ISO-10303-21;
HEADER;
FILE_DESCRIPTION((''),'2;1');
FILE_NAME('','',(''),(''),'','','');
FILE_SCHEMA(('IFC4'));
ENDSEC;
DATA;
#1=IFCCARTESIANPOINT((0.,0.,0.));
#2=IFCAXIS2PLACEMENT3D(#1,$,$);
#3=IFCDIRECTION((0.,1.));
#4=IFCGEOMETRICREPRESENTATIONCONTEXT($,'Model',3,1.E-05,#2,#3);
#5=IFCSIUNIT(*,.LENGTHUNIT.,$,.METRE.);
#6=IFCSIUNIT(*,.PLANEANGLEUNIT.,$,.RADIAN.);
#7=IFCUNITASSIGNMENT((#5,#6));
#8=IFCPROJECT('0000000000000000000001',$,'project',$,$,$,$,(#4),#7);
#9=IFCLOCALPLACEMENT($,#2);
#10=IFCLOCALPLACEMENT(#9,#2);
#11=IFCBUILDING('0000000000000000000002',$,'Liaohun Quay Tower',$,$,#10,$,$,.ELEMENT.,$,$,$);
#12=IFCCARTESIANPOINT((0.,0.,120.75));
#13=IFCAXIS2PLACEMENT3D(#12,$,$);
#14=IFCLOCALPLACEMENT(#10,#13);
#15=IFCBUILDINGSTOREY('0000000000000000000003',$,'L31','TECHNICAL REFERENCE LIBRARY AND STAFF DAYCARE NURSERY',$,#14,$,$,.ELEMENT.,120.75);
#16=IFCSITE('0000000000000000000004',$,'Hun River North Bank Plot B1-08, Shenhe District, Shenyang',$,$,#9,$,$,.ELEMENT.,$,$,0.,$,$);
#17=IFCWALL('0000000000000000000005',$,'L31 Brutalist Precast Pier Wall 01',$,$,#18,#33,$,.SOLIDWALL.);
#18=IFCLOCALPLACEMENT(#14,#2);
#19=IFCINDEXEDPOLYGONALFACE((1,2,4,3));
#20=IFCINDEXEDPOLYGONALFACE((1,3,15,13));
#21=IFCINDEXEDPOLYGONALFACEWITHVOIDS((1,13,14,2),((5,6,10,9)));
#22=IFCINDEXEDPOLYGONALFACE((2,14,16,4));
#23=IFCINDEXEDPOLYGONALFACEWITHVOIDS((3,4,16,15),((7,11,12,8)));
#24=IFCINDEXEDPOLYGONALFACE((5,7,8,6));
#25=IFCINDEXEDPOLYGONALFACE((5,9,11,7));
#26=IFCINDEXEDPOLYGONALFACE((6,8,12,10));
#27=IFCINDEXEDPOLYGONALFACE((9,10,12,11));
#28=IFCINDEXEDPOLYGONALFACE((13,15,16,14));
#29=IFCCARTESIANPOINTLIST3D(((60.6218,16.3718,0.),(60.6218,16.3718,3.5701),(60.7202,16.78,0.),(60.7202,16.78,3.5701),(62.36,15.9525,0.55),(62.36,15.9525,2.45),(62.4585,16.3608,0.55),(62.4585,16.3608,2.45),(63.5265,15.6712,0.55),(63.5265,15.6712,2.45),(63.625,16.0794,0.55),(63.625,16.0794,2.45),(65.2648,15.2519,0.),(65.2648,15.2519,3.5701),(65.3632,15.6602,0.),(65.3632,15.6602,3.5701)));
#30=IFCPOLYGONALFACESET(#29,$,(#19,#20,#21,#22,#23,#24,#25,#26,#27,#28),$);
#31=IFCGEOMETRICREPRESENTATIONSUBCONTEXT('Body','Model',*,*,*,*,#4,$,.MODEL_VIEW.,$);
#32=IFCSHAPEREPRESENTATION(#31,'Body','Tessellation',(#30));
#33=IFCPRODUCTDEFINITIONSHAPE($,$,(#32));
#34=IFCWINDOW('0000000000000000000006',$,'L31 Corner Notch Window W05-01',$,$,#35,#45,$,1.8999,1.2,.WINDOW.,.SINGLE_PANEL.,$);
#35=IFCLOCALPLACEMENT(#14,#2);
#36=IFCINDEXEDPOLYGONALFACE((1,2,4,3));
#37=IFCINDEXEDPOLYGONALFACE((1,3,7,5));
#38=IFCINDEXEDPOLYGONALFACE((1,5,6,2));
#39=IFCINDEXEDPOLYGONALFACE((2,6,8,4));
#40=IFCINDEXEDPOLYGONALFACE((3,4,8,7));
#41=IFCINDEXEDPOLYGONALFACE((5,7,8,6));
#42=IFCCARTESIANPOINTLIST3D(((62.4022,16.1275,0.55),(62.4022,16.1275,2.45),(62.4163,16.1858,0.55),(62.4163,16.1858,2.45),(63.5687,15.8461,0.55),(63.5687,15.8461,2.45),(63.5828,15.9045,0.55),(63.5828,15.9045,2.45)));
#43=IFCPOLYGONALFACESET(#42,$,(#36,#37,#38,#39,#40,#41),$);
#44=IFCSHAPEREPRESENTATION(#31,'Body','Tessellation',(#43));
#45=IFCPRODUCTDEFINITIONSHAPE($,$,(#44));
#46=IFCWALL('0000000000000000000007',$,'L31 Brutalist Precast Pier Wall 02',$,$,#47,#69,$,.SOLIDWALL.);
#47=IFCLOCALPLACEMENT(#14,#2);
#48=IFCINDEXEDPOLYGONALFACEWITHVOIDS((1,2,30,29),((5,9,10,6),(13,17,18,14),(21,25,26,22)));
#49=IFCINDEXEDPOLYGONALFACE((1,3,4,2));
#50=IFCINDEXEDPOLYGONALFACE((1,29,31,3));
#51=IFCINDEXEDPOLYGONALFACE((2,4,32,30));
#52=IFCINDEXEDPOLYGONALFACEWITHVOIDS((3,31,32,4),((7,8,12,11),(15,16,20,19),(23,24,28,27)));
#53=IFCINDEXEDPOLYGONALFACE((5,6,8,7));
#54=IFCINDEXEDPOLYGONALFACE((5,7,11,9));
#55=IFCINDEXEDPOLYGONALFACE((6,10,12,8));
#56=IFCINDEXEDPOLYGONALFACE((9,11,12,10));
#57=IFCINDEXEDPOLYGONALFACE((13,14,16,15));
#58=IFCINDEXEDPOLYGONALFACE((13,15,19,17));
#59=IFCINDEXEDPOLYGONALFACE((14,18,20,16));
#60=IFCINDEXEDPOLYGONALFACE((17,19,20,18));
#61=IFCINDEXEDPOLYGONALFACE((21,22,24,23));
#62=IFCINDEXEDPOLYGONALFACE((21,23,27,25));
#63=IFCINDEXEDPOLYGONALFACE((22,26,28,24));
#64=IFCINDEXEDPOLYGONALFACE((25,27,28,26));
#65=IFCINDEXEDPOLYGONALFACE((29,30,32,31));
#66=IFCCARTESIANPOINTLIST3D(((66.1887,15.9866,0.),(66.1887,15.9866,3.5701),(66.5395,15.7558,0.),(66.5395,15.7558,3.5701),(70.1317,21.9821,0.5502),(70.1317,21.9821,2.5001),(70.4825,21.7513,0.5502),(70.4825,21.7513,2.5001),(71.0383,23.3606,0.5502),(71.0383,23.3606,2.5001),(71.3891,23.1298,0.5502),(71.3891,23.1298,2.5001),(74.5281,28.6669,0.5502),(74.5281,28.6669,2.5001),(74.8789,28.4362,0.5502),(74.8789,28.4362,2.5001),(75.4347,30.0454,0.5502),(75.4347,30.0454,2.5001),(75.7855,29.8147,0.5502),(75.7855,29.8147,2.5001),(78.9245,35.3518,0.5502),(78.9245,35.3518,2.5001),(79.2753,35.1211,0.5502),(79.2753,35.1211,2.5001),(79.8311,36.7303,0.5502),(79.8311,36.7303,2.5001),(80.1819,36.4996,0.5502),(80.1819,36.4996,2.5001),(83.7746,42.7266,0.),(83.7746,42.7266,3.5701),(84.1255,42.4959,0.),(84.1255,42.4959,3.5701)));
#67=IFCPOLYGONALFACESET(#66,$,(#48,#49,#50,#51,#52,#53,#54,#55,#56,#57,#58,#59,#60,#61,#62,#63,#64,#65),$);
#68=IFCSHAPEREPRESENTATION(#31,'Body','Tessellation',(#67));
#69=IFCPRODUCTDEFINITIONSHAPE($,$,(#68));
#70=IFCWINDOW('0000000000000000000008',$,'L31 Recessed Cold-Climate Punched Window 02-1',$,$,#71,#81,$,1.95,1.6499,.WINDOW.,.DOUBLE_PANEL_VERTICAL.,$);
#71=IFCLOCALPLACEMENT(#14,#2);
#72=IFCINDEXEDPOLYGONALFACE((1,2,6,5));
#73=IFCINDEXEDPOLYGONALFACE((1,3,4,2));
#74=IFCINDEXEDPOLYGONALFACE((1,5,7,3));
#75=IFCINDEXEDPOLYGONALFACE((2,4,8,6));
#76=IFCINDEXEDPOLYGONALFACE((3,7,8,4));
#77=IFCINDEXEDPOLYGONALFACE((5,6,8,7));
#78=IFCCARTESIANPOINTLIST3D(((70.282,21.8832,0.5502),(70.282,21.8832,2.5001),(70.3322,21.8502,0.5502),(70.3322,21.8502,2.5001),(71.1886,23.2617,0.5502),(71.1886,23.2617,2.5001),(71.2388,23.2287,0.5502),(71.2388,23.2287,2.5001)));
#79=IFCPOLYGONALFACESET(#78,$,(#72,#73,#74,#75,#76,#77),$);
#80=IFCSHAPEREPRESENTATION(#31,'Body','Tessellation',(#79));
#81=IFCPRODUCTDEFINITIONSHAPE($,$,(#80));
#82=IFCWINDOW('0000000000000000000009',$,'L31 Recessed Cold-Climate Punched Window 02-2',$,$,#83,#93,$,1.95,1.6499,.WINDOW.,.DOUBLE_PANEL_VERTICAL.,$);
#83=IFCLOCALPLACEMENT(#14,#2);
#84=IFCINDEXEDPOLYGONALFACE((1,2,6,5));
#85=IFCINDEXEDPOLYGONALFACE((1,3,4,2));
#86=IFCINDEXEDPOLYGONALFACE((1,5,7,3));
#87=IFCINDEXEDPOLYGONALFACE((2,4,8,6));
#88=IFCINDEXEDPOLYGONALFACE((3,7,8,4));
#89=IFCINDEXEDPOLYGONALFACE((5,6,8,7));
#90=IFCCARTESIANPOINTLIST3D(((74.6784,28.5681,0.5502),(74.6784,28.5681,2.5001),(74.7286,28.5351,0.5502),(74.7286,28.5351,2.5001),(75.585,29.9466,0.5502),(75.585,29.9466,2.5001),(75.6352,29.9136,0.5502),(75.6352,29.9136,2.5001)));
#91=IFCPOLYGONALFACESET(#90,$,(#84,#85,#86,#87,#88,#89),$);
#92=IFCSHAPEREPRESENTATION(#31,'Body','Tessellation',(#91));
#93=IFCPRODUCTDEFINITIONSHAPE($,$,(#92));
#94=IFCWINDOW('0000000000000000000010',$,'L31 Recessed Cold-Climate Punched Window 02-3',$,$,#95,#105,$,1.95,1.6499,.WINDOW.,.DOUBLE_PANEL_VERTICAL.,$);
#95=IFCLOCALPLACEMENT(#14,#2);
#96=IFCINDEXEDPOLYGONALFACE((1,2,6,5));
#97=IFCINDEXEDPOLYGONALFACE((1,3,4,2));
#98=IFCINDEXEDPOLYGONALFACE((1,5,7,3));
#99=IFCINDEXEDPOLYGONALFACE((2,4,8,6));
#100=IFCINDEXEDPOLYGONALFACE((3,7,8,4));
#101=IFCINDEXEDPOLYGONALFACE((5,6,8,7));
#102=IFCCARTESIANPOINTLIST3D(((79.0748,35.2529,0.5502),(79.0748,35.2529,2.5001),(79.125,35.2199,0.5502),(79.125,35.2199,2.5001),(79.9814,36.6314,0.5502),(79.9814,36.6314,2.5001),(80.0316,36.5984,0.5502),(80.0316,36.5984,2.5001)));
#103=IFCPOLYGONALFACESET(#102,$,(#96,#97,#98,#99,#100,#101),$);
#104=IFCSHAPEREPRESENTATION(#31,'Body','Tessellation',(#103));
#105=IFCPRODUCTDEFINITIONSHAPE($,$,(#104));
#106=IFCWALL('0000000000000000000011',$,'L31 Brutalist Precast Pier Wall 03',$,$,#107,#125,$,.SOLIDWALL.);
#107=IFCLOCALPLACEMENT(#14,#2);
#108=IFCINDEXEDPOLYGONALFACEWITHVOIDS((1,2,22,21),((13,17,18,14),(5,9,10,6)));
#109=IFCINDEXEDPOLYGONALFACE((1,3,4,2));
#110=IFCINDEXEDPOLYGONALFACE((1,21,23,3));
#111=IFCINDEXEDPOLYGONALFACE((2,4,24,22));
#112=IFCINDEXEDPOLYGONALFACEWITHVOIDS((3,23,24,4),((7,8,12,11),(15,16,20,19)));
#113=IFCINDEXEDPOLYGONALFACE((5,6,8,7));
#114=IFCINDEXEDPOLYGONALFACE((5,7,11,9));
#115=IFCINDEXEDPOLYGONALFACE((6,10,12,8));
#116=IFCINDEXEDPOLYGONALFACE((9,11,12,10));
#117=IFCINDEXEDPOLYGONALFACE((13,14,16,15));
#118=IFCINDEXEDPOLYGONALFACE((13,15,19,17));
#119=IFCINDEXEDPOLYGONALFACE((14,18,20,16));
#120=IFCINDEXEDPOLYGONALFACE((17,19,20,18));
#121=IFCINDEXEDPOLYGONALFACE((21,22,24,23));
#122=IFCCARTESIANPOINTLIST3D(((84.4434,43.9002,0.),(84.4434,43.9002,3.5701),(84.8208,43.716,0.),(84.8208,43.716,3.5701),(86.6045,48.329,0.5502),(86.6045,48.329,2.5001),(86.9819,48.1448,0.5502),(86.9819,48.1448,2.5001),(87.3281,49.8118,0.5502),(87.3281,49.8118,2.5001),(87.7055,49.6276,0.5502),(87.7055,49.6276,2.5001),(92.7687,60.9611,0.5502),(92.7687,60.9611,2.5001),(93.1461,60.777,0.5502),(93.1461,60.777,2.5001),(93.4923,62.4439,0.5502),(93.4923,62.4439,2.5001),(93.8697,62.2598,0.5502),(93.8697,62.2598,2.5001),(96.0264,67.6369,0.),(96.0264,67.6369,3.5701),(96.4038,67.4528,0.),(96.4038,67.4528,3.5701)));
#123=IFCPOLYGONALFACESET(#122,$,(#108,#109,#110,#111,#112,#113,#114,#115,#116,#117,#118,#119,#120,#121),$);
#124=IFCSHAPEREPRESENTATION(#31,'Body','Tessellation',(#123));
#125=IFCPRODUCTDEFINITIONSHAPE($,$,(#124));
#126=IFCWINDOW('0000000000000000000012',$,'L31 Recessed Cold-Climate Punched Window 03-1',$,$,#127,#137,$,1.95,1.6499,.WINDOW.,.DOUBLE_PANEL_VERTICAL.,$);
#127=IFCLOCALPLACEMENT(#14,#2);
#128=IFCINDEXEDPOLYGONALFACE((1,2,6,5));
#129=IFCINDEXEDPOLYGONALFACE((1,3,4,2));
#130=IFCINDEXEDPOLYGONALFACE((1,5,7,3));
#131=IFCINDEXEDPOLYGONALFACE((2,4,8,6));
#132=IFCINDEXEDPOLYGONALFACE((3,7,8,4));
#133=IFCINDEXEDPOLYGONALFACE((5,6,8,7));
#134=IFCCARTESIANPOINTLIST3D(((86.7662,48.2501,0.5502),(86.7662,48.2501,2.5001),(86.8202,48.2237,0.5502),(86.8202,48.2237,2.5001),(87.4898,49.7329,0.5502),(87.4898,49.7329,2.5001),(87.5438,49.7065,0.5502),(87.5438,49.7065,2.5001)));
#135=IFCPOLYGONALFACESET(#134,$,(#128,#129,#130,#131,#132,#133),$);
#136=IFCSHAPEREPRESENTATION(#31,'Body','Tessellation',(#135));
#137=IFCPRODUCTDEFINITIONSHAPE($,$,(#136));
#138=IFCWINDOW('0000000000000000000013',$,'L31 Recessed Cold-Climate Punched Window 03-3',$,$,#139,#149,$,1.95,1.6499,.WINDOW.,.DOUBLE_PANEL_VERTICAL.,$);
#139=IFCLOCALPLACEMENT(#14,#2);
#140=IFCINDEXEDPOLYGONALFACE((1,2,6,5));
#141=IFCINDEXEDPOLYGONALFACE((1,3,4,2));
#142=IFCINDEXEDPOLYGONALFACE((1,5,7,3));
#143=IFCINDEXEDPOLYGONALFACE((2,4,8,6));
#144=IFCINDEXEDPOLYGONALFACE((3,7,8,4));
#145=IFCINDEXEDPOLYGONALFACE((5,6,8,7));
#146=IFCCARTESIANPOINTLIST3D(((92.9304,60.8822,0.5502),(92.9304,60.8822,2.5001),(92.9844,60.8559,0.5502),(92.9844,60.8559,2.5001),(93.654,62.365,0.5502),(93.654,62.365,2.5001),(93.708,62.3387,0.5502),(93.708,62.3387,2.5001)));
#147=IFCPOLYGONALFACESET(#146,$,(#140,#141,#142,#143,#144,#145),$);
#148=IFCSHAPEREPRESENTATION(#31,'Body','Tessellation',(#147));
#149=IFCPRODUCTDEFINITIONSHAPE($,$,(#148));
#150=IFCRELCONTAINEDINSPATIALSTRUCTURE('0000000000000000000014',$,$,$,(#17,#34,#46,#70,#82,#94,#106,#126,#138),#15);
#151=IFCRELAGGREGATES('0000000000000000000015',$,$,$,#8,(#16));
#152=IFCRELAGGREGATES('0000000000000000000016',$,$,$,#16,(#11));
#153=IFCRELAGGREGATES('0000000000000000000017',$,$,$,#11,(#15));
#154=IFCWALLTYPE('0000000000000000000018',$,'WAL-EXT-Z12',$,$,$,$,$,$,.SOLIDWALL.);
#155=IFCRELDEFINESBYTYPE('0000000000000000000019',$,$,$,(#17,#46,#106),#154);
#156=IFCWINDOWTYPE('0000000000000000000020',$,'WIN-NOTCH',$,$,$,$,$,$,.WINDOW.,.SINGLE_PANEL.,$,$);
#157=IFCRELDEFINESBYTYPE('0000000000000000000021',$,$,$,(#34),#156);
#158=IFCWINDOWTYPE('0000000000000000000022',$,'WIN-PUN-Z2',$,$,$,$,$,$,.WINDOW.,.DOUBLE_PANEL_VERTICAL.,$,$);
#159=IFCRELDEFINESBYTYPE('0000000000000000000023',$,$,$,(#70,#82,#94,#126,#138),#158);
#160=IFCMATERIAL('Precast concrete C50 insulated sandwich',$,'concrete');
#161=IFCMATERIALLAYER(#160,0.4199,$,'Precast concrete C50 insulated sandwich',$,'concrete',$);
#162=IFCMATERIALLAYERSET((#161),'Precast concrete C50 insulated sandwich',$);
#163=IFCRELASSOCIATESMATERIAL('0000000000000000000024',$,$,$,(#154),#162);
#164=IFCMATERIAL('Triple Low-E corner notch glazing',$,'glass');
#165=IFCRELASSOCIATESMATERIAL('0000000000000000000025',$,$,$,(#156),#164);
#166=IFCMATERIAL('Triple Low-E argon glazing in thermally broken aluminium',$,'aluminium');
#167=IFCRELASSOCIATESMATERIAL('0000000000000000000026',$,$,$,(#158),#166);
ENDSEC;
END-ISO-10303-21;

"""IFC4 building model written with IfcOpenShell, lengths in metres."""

from ifc_helpers import new_model, si_unit, direction, frame, frame_2d, origin, place, context, subcontext, project, spatial, rectangle, extrude, source, transform, mapped, material, layer, layer_set, type_object, element, fill, save


model = new_model("IFC4")

# Units and contexts
model_context = context("Model", 3, precision=1e-05, world=origin(), true_north=direction((0.0, 1.0)))
body_context = subcontext(model_context, "Body", "Model", "MODEL_VIEW")
ifc_project = project(units=[si_unit("LENGTHUNIT", "METRE"), si_unit("PLANEANGLEUNIT", "RADIAN")], contexts=[model_context])

# Site, building, storey
site_placement = place(None, origin())
site = spatial("IfcSite", under=ifc_project, at=site_placement, Name="Hun River North Bank Plot B1-08, Shenhe District, Shenyang", CompositionType="ELEMENT", RefElevation=0.0)
building_placement = place(site_placement, origin())
building = spatial("IfcBuilding", under=site, at=building_placement, Name="Liaohun Quay Tower", CompositionType="ELEMENT")
storey_placement = place(building_placement, frame((0.0, 0.0, 120.75)))
storey = spatial("IfcBuildingStorey", under=building, at=storey_placement, Name="L31", Description="TECHNICAL REFERENCE LIBRARY AND STAFF DAYCARE NURSERY", CompositionType="ELEMENT", Elevation=120.75)

# Wall, opening, window
ifc_material_1 = material(Name="Precast concrete C50 insulated sandwich", Category="concrete")
ifc_layer_1 = layer(ifc_material_1, 0.4199, Name="Precast concrete C50 insulated sandwich", Category="concrete")
ifc_layer_set_1 = layer_set([ifc_layer_1], Name="Precast concrete C50 insulated sandwich")
wall_type_1 = type_object("IfcWallType", Name="WAL-EXT-Z12", PredefinedType="SOLIDWALL", material=ifc_layer_set_1)
wall_1_placement = place(storey_placement, frame((60.6709, 16.5759, 0.0), z_axis=(0.0, 0.0, 1.0), x_axis=(0.972124, -0.234469, 0.0)))
wall_1 = element("IfcWall", 1, at=wall_1_placement, inside=storey, type_object=wall_type_1, Name="L31 Brutalist Precast Pier Wall 01", PredefinedType="SOLIDWALL", context=body_context, shape_type="SweptSolid", body=[
    extrude(rectangle(XDim=4.7761, YDim=0.4199, at=frame_2d((2.3882, 0.0))), origin(), (0.0, 0.0, 1.0), 3.5701),
])
shared_shape_1 = source(origin(), body_context, "Body", "SweptSolid", [
    extrude(rectangle(XDim=1.2, YDim=1.8999, at=frame_2d((0.6001, 0.95))), frame((0.0, 0.22, 0.0), z_axis=(0.0, -1.0, 0.0), x_axis=(1.0, 0.0, 0.0)), (0.0, 0.0, 1.0), 0.4399),
])
opening_1_placement = place(wall_1_placement, frame((1.7881, 0.0, 0.55)))
opening_1 = element("IfcOpeningElement", 2, at=opening_1_placement, cuts=wall_1, PredefinedType="OPENING", context=body_context, shape_type="MappedRepresentation", body=[
    mapped(shared_shape_1, transform((0.0, 0.0, 0.0), x_axis=(1.0, 0.0, 0.0), y_axis=(0.0, 1.0, 0.0), z_axis=(0.0, 0.0, 1.0), scale=1.0)),
])
ifc_material_2 = material(Name="Triple Low-E corner notch glazing", Category="glass")
window_type_1 = type_object("IfcWindowType", Name="WIN-NOTCH", PartitioningType="SINGLE_PANEL", PredefinedType="WINDOW", material=ifc_material_2)
shared_shape_2 = source(origin(), body_context, "Body", "SweptSolid", [
    extrude(rectangle(XDim=1.2, YDim=1.8999, at=frame_2d((0.6001, 0.95))), frame((0.0, 0.03, 0.0), z_axis=(0.0, -1.0, 0.0), x_axis=(1.0, 0.0, 0.0)), (0.0, 0.0, 1.0), 0.0601),
])
window_1_placement = place(opening_1_placement, origin())
window_1 = element("IfcWindow", 3, at=window_1_placement, inside=storey, type_object=window_type_1, Name="L31 Corner Notch Window W05-01", OverallHeight=1.8999, OverallWidth=1.2, PartitioningType="SINGLE_PANEL", PredefinedType="WINDOW", context=body_context, shape_type="MappedRepresentation", body=[
    mapped(shared_shape_2, transform((0.0, 0.0, 0.0), x_axis=(1.0, 0.0, 0.0), y_axis=(0.0, 1.0, 0.0), z_axis=(0.0, 0.0, 1.0), scale=1.0)),
])
fill(opening_1, window_1)

# Walls, openings, windows
wall_2_placement = place(storey_placement, frame((66.364, 15.8711, 0.0), z_axis=(0.0, 0.0, 1.0), x_axis=(0.549482, 0.835505, 0.0)))
wall_2 = element("IfcWall", 4, at=wall_2_placement, inside=storey, type_object=wall_type_1, Name="L31 Brutalist Precast Pier Wall 02", PredefinedType="SOLIDWALL", context=body_context, shape_type="SweptSolid", body=[
    extrude(rectangle(XDim=32.0046, YDim=0.4199, at=frame_2d((16.0024, 0.0))), origin(), (0.0, 0.0, 1.0), 3.5701),
])
shared_shape_3 = source(origin(), body_context, "Body", "SweptSolid", [
    extrude(rectangle(XDim=1.6499, YDim=1.95, at=frame_2d((0.825, 0.9751))), frame((0.0, 0.22, 0.0), z_axis=(0.0, -1.0, 0.0), x_axis=(1.0, 0.0, 0.0)), (0.0, 0.0, 1.0), 0.4399),
])
opening_2_placement = place(wall_2_placement, frame((7.176, 0.0, 0.55)))
opening_2 = element("IfcOpeningElement", 5, at=opening_2_placement, cuts=wall_2, PredefinedType="OPENING", context=body_context, shape_type="MappedRepresentation", body=[
    mapped(shared_shape_3, transform((0.0, 0.0, 0.0), x_axis=(1.0, 0.0, 0.0), y_axis=(0.0, 1.0, 0.0), z_axis=(0.0, 0.0, 1.0), scale=1.0)),
])
opening_3_placement = place(wall_2_placement, frame((15.177, 0.0, 0.55)))
opening_3 = element("IfcOpeningElement", 6, at=opening_3_placement, cuts=wall_2, PredefinedType="OPENING", context=body_context, shape_type="MappedRepresentation", body=[
    mapped(shared_shape_3, transform((0.0, 0.0, 0.0), x_axis=(1.0, 0.0, 0.0), y_axis=(0.0, 1.0, 0.0), z_axis=(0.0, 0.0, 1.0), scale=1.0)),
])
opening_4_placement = place(wall_2_placement, frame((23.178, 0.0, 0.55)))
opening_4 = element("IfcOpeningElement", 7, at=opening_4_placement, cuts=wall_2, PredefinedType="OPENING", context=body_context, shape_type="MappedRepresentation", body=[
    mapped(shared_shape_3, transform((0.0, 0.0, 0.0), x_axis=(1.0, 0.0, 0.0), y_axis=(0.0, 1.0, 0.0), z_axis=(0.0, 0.0, 1.0), scale=1.0)),
])
ifc_material_3 = material(Name="Triple Low-E argon glazing in thermally broken aluminium", Category="aluminium")
window_type_2 = type_object("IfcWindowType", Name="WIN-PUN-Z2", PartitioningType="DOUBLE_PANEL_VERTICAL", PredefinedType="WINDOW", material=ifc_material_3)
shared_shape_4 = source(origin(), body_context, "Body", "SweptSolid", [
    extrude(rectangle(XDim=1.6499, YDim=1.95, at=frame_2d((0.825, 0.9751))), frame((0.0, 0.03, 0.0), z_axis=(0.0, -1.0, 0.0), x_axis=(1.0, 0.0, 0.0)), (0.0, 0.0, 1.0), 0.0601),
])
window_2_placement = place(opening_2_placement, origin())
window_2 = element("IfcWindow", 8, at=window_2_placement, inside=storey, type_object=window_type_2, Name="L31 Recessed Cold-Climate Punched Window 02-1", OverallHeight=1.95, OverallWidth=1.6499, PartitioningType="DOUBLE_PANEL_VERTICAL", PredefinedType="WINDOW", context=body_context, shape_type="MappedRepresentation", body=[
    mapped(shared_shape_4, transform((0.0, 0.0, 0.0), x_axis=(1.0, 0.0, 0.0), y_axis=(0.0, 1.0, 0.0), z_axis=(0.0, 0.0, 1.0), scale=1.0)),
])
fill(opening_2, window_2)
window_3_placement = place(opening_3_placement, origin())
window_3 = element("IfcWindow", 9, at=window_3_placement, inside=storey, type_object=window_type_2, Name="L31 Recessed Cold-Climate Punched Window 02-2", OverallHeight=1.95, OverallWidth=1.6499, PartitioningType="DOUBLE_PANEL_VERTICAL", PredefinedType="WINDOW", context=body_context, shape_type="MappedRepresentation", body=[
    mapped(shared_shape_4, transform((0.0, 0.0, 0.0), x_axis=(1.0, 0.0, 0.0), y_axis=(0.0, 1.0, 0.0), z_axis=(0.0, 0.0, 1.0), scale=1.0)),
])
fill(opening_3, window_3)
window_4_placement = place(opening_4_placement, origin())
window_4 = element("IfcWindow", 10, at=window_4_placement, inside=storey, type_object=window_type_2, Name="L31 Recessed Cold-Climate Punched Window 02-3", OverallHeight=1.95, OverallWidth=1.6499, PartitioningType="DOUBLE_PANEL_VERTICAL", PredefinedType="WINDOW", context=body_context, shape_type="MappedRepresentation", body=[
    mapped(shared_shape_4, transform((0.0, 0.0, 0.0), x_axis=(1.0, 0.0, 0.0), y_axis=(0.0, 1.0, 0.0), z_axis=(0.0, 0.0, 1.0), scale=1.0)),
])
fill(opening_4, window_4)
wall_3_placement = place(storey_placement, frame((84.6321, 43.8081, 0.0), z_axis=(0.0, 0.0, 1.0), x_axis=(0.438548, 0.898708, 0.0)))
wall_3 = element("IfcWall", 11, at=wall_3_placement, inside=storey, type_object=wall_type_1, Name="L31 Brutalist Precast Pier Wall 03", PredefinedType="SOLIDWALL", context=body_context, shape_type="SweptSolid", body=[
    extrude(rectangle(XDim=26.4121, YDim=0.4199, at=frame_2d((13.2061, 0.0))), origin(), (0.0, 0.0, 1.0), 3.5701),
])
opening_5_placement = place(wall_3_placement, frame((4.928, 0.0, 0.55)))
opening_5 = element("IfcOpeningElement", 12, at=opening_5_placement, cuts=wall_3, PredefinedType="OPENING", context=body_context, shape_type="MappedRepresentation", body=[
    mapped(shared_shape_3, transform((0.0, 0.0, 0.0), x_axis=(1.0, 0.0, 0.0), y_axis=(0.0, 1.0, 0.0), z_axis=(0.0, 0.0, 1.0), scale=1.0)),
])
opening_6_placement = place(wall_3_placement, frame((18.9839, 0.0, 0.55)))
opening_6 = element("IfcOpeningElement", 13, at=opening_6_placement, cuts=wall_3, PredefinedType="OPENING", context=body_context, shape_type="MappedRepresentation", body=[
    mapped(shared_shape_3, transform((0.0, 0.0, 0.0), x_axis=(1.0, 0.0, 0.0), y_axis=(0.0, 1.0, 0.0), z_axis=(0.0, 0.0, 1.0), scale=1.0)),
])
window_5_placement = place(opening_5_placement, origin())
window_5 = element("IfcWindow", 14, at=window_5_placement, inside=storey, type_object=window_type_2, Name="L31 Recessed Cold-Climate Punched Window 03-1", OverallHeight=1.95, OverallWidth=1.6499, PartitioningType="DOUBLE_PANEL_VERTICAL", PredefinedType="WINDOW", context=body_context, shape_type="MappedRepresentation", body=[
    mapped(shared_shape_4, transform((0.0, 0.0, 0.0), x_axis=(1.0, 0.0, 0.0), y_axis=(0.0, 1.0, 0.0), z_axis=(0.0, 0.0, 1.0), scale=1.0)),
])
fill(opening_5, window_5)
window_6_placement = place(opening_6_placement, origin())
window_6 = element("IfcWindow", 15, at=window_6_placement, inside=storey, type_object=window_type_2, Name="L31 Recessed Cold-Climate Punched Window 03-3", OverallHeight=1.95, OverallWidth=1.6499, PartitioningType="DOUBLE_PANEL_VERTICAL", PredefinedType="WINDOW", context=body_context, shape_type="MappedRepresentation", body=[
    mapped(shared_shape_4, transform((0.0, 0.0, 0.0), x_axis=(1.0, 0.0, 0.0), y_axis=(0.0, 1.0, 0.0), z_axis=(0.0, 0.0, 1.0), scale=1.0)),
])
fill(opening_6, window_6)

save(model, "model.ifc")
